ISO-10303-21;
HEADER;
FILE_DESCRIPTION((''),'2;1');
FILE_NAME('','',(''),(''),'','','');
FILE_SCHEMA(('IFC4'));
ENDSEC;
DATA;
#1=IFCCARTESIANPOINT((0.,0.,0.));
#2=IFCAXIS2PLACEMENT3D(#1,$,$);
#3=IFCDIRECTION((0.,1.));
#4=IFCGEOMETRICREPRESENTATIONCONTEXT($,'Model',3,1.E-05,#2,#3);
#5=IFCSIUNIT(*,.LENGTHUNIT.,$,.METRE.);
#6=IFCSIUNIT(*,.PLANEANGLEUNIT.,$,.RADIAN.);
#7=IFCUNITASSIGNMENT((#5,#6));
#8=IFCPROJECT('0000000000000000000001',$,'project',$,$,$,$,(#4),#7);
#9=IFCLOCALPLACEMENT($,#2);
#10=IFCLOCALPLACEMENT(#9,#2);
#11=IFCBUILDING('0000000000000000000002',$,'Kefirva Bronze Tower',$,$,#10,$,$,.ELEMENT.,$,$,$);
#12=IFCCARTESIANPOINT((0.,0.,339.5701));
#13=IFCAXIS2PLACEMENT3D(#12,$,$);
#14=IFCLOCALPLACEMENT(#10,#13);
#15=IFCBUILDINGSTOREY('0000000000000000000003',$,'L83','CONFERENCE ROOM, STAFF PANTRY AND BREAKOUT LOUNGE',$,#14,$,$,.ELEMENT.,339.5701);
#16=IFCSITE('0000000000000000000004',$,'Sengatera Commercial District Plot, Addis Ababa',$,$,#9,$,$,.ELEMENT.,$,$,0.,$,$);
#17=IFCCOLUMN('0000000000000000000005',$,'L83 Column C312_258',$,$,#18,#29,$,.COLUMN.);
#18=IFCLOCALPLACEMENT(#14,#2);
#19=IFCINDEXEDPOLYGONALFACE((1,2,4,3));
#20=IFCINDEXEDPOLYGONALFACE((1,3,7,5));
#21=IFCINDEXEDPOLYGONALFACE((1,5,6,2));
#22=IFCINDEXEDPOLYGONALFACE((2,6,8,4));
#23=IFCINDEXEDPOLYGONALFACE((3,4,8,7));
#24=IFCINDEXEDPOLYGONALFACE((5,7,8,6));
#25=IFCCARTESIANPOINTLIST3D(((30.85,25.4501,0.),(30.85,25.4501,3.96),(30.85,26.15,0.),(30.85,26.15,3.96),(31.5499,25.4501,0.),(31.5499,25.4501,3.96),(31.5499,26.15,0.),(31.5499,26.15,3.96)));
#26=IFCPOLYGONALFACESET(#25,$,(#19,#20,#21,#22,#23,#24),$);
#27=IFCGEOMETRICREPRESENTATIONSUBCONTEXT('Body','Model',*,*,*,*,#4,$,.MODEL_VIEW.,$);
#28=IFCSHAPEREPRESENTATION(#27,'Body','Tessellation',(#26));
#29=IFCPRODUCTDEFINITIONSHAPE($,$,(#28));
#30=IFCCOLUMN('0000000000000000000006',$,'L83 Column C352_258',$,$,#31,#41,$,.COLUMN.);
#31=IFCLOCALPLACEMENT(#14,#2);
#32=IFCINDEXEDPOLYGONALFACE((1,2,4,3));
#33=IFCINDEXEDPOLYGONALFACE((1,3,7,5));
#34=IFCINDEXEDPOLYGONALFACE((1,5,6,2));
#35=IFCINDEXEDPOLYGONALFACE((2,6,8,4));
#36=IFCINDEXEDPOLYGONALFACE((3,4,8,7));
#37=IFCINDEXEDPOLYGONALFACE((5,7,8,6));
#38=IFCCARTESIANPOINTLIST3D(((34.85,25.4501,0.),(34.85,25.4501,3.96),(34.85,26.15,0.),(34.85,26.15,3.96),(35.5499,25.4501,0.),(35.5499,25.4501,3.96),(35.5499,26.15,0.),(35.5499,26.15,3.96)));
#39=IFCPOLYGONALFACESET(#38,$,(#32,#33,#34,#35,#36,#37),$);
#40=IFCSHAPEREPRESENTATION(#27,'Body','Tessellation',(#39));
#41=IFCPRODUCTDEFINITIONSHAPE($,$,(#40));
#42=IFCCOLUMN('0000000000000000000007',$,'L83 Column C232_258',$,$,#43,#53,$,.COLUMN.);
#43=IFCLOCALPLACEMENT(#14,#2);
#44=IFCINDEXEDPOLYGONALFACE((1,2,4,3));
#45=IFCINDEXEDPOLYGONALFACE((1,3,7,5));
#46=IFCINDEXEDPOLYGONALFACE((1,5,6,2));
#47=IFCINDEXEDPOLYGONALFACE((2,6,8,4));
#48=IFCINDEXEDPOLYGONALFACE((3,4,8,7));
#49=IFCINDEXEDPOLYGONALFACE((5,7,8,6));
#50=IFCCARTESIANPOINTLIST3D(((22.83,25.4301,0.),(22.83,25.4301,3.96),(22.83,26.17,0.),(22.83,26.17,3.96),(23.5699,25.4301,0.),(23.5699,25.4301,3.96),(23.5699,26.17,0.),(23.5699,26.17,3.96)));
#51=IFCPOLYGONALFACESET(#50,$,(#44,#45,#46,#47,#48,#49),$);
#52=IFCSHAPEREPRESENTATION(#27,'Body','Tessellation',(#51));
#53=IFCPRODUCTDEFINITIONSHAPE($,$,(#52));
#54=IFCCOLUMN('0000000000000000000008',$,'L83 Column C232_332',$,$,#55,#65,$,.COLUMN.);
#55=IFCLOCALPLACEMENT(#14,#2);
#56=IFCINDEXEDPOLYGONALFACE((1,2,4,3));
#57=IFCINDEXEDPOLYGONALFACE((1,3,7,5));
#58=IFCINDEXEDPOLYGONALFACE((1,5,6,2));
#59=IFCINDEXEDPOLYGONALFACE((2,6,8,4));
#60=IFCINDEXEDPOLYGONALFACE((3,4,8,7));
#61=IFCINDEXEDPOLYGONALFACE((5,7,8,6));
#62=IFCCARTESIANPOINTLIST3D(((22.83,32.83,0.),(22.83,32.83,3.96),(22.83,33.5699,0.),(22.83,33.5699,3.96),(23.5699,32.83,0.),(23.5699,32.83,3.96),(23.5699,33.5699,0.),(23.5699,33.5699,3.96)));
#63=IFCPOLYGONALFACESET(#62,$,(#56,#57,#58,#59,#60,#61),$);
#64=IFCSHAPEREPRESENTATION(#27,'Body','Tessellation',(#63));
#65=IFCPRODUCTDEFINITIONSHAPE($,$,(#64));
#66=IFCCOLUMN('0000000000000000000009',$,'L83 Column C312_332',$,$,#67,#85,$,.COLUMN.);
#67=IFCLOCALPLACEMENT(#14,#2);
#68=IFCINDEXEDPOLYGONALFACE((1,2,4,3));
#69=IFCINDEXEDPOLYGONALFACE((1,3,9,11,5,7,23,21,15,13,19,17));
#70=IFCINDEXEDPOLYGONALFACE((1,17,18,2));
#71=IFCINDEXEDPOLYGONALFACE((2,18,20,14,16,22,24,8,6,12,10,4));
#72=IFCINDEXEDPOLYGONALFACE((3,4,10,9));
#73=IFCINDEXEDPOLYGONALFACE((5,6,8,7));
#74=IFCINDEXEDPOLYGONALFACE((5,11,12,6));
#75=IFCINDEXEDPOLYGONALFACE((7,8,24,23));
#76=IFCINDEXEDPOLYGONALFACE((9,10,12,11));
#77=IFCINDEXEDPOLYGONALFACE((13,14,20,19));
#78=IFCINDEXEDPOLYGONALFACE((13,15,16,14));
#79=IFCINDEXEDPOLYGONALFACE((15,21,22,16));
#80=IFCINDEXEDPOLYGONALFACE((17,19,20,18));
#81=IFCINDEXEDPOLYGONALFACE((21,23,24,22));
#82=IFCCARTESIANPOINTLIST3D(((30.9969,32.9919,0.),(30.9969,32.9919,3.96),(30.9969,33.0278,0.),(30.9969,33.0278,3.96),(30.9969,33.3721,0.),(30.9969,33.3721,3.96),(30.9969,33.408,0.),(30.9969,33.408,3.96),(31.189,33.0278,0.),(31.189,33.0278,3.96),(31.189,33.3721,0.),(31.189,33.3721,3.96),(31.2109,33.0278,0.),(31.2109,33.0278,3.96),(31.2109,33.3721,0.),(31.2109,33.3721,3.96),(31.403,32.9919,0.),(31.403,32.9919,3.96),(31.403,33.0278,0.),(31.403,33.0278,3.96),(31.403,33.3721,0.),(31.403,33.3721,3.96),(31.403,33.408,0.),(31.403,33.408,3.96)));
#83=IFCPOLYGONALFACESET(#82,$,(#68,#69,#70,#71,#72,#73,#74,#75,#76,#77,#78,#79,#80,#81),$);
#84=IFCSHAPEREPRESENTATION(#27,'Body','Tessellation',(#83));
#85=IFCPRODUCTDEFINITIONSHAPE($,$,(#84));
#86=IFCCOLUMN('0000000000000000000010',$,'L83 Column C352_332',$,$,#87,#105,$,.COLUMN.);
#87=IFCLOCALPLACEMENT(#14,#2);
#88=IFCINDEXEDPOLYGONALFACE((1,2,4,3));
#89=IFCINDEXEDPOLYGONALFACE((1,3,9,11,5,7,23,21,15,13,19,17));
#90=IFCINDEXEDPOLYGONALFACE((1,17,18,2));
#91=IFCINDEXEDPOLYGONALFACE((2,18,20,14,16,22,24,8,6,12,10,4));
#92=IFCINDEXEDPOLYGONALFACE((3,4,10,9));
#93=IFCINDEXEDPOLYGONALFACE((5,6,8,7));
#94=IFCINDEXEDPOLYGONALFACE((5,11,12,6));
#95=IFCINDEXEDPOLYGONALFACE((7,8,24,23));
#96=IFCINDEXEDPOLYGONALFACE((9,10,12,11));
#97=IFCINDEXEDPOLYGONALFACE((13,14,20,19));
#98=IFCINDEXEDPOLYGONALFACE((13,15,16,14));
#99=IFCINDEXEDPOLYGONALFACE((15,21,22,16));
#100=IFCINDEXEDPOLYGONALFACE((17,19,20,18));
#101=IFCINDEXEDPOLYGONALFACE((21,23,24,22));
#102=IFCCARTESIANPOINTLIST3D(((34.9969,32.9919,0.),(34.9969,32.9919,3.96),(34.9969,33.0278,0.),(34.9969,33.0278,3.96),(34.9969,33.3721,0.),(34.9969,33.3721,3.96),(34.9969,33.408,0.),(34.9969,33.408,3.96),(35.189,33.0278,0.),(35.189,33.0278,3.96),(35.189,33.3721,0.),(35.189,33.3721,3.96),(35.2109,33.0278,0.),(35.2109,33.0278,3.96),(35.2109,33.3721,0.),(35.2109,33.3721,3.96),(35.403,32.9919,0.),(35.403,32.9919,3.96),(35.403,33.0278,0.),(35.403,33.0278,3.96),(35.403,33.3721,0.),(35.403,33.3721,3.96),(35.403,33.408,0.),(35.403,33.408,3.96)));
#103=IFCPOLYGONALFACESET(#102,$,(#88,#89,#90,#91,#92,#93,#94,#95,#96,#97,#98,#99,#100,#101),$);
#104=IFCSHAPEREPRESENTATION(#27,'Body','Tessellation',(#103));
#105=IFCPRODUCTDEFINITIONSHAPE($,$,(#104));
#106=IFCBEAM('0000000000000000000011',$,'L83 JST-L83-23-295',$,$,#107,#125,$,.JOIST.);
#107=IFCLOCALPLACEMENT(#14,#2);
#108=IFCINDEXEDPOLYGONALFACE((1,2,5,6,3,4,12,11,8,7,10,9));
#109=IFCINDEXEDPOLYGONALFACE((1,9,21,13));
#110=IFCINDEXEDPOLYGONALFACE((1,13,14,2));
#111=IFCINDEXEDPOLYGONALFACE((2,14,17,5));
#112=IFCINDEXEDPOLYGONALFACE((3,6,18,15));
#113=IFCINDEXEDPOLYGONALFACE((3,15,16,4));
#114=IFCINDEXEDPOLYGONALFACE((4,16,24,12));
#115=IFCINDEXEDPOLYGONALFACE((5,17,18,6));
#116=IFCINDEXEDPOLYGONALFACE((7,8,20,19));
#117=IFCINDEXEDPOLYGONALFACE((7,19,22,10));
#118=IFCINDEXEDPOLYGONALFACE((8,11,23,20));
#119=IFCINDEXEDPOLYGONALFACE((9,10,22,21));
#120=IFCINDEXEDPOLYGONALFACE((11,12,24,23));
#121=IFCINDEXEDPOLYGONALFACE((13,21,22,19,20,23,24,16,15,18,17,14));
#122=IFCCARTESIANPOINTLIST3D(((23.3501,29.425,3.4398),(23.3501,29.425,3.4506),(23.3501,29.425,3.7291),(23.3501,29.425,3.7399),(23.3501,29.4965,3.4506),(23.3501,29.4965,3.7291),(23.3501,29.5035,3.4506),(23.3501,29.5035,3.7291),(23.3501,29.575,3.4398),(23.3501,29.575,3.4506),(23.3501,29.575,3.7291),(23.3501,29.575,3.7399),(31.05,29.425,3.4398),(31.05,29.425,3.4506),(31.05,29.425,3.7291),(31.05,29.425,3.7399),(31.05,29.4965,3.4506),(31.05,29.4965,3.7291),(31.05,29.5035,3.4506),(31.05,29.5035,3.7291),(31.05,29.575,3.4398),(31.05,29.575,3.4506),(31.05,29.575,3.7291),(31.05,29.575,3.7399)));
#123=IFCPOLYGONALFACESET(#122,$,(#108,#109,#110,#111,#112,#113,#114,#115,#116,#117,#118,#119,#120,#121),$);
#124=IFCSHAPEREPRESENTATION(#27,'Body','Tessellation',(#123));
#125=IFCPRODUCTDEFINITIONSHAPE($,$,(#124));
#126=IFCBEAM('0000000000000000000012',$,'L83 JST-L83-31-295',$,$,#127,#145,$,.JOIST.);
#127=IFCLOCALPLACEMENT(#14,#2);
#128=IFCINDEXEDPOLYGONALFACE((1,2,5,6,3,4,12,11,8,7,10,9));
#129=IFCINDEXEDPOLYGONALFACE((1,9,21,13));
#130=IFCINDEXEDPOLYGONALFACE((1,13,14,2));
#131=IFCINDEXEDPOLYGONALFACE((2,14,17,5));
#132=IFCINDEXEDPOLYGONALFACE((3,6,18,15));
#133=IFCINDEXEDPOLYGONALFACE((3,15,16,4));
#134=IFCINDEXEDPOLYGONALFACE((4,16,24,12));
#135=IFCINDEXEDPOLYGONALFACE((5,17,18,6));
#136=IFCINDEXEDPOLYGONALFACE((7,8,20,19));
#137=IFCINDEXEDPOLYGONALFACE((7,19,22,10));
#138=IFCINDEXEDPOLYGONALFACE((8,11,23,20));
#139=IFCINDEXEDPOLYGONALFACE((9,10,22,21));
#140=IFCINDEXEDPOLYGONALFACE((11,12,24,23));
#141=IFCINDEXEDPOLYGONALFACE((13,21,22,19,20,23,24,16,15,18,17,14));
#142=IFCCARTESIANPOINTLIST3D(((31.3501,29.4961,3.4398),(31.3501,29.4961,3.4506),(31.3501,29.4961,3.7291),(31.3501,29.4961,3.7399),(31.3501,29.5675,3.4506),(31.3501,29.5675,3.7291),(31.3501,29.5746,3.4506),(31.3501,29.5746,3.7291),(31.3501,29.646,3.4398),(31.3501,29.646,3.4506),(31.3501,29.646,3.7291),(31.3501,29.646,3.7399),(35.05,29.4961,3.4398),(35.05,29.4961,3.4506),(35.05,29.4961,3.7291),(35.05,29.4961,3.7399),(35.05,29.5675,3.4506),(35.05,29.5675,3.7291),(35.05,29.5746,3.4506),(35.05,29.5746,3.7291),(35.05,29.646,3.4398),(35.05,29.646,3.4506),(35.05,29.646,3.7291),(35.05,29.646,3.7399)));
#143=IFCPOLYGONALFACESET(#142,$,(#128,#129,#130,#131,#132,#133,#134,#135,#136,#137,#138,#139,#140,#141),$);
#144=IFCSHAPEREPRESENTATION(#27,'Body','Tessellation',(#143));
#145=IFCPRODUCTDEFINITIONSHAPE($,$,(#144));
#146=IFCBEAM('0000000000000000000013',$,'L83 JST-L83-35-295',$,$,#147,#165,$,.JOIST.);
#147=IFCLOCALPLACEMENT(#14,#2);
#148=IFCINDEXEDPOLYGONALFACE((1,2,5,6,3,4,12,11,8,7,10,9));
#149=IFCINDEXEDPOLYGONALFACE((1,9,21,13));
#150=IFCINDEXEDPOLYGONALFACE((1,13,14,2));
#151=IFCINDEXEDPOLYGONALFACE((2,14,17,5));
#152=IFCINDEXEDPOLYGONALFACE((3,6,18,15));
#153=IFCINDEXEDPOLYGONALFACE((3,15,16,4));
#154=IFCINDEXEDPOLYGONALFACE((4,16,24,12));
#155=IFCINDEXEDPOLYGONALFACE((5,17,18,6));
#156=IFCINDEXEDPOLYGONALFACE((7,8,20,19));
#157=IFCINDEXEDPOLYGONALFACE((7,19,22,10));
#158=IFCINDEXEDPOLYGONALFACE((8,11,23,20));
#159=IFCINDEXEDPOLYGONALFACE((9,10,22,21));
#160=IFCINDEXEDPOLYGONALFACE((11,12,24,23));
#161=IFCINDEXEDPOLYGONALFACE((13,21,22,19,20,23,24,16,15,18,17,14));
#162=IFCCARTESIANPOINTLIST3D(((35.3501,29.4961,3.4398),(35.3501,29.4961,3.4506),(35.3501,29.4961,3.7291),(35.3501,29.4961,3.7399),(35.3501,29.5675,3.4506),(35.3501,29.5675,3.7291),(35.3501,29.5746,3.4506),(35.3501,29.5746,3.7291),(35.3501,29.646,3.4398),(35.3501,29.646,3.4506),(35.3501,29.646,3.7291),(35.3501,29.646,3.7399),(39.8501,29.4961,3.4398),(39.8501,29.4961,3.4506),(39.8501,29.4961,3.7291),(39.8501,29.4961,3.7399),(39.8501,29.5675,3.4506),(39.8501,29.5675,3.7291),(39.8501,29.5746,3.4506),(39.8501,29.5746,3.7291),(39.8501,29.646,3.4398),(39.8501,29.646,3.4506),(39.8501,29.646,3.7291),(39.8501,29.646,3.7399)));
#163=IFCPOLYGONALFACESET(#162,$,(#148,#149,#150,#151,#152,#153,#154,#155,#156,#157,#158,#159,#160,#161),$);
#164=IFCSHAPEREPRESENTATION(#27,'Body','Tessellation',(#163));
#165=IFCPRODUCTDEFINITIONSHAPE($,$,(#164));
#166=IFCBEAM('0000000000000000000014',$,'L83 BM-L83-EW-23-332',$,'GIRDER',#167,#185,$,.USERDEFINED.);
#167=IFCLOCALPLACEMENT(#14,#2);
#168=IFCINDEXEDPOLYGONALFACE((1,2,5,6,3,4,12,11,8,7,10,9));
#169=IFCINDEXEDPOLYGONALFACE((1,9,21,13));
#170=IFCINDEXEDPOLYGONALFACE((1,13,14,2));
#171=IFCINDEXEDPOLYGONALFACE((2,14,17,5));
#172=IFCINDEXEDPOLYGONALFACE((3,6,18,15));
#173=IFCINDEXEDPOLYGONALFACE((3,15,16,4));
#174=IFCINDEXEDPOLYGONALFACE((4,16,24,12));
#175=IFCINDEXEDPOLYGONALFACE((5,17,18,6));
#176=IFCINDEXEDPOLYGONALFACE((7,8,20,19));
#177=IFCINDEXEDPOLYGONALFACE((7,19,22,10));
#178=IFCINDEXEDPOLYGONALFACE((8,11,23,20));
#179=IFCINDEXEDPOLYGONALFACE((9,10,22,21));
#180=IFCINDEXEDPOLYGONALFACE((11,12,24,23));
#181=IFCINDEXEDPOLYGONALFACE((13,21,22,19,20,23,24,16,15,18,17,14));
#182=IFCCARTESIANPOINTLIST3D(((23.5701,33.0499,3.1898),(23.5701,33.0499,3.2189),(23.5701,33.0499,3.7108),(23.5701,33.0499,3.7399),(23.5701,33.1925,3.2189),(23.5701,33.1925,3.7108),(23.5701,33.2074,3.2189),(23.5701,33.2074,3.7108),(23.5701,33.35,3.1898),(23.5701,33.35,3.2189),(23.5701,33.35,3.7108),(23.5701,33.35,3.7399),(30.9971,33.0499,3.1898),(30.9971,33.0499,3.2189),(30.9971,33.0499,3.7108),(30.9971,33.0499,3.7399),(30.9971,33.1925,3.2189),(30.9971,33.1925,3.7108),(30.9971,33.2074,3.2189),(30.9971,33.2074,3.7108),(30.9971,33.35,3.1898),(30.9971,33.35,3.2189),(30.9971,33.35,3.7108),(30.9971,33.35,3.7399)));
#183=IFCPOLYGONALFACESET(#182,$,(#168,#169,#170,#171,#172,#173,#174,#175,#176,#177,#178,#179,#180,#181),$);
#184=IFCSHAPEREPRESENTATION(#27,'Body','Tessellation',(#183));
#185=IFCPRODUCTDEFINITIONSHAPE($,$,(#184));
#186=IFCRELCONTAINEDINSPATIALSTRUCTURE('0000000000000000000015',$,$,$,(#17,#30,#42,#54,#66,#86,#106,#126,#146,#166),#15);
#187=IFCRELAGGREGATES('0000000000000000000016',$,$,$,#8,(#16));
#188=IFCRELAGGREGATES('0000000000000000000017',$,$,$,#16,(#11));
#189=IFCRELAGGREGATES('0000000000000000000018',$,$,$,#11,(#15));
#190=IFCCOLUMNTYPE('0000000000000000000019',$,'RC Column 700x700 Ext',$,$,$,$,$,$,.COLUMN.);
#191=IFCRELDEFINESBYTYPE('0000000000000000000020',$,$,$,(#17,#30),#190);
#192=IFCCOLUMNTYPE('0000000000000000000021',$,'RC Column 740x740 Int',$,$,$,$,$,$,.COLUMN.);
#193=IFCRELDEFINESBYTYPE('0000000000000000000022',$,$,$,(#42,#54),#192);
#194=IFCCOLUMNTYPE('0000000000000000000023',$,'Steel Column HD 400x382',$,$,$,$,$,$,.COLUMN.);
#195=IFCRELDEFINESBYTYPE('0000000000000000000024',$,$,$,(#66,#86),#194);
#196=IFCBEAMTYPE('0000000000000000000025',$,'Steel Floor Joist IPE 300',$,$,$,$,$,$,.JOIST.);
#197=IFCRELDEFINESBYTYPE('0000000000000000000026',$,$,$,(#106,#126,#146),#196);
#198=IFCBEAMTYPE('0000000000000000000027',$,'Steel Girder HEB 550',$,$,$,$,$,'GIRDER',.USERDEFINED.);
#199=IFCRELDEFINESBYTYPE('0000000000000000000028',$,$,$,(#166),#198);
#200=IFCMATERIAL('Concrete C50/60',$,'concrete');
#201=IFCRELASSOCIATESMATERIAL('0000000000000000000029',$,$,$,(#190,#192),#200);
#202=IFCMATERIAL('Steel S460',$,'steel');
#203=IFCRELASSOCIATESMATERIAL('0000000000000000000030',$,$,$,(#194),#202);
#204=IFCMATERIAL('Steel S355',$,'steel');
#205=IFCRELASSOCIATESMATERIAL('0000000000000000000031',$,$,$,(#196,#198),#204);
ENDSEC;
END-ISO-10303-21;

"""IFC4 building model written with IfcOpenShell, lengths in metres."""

from ifc_helpers import new_model, si_unit, direction, frame, origin, origin_2d, place, context, subcontext, project, spatial, rectangle, i_section, extrude, material, material_profile, profile_set, type_object, element, save


model = new_model("IFC4")

# Units and contexts
model_context = context("Model", 3, precision=1e-05, world=origin(), true_north=direction((0.0, 1.0)))
body_context = subcontext(model_context, "Body", "Model", "MODEL_VIEW")
ifc_project = project(units=[si_unit("LENGTHUNIT", "METRE"), si_unit("PLANEANGLEUNIT", "RADIAN")], contexts=[model_context])

# Site, building, storey
site_placement = place(None, origin())
site = spatial("IfcSite", under=ifc_project, at=site_placement, Name="Sengatera Commercial District Plot, Addis Ababa", CompositionType="ELEMENT", RefElevation=0.0)
building_placement = place(site_placement, origin())
building = spatial("IfcBuilding", under=site, at=building_placement, Name="Kefirva Bronze Tower", CompositionType="ELEMENT")
storey_placement = place(building_placement, frame((0.0, 0.0, 339.5701)))
storey = spatial("IfcBuildingStorey", under=building, at=storey_placement, Name="L83", Description="CONFERENCE ROOM, STAFF PANTRY AND BREAKOUT LOUNGE", CompositionType="ELEMENT", Elevation=339.5701)

# Columns
ifc_material_1 = material(Name="Concrete C50/60", Category="concrete")
ifc_material_profile_1 = material_profile(ifc_material_1, rectangle(XDim=0.7, YDim=0.7, at=origin_2d()), Name="RC 700x700")
ifc_profile_set_1 = profile_set([ifc_material_profile_1], Name="Concrete C50/60")
column_type_1 = type_object("IfcColumnType", Name="RC Column 700x700 Ext", PredefinedType="COLUMN", material=ifc_profile_set_1)
for number, where, z_axis, x_axis, name in (
    (1, (31.2, 25.8, 0.0), (0.0, 0.0, 1.0), (1.0, 0.0, 0.0), "L83 Column C312_258"),
    (2, (35.2, 25.8, 0.0), (0.0, 0.0, 1.0), (1.0, 0.0, 0.0), "L83 Column C352_258"),
):
    element("IfcColumn", number, at=place(storey_placement, frame(where, z_axis=z_axis, x_axis=x_axis)), inside=storey, type_object=column_type_1, Name=name, PredefinedType="COLUMN", context=body_context, shape_type="SweptSolid", body=[
        extrude(rectangle(XDim=0.7, YDim=0.7, at=origin_2d()), origin(), (0.0, 0.0, 1.0), 3.96),
    ])
ifc_material_profile_2 = material_profile(ifc_material_1, rectangle(XDim=0.74, YDim=0.74, at=origin_2d()), Name="RC 740x740")
ifc_profile_set_2 = profile_set([ifc_material_profile_2], Name="Concrete C50/60")
column_type_2 = type_object("IfcColumnType", Name="RC Column 740x740 Int", PredefinedType="COLUMN", material=ifc_profile_set_2)
for number, where, z_axis, x_axis, name in (
    (3, (23.2, 25.8, 0.0), (0.0, 0.0, 1.0), (1.0, 0.0, 0.0), "L83 Column C232_258"),
    (4, (23.2, 33.2, 0.0), (0.0, 0.0, 1.0), (1.0, 0.0, 0.0), "L83 Column C232_332"),
):
    element("IfcColumn", number, at=place(storey_placement, frame(where, z_axis=z_axis, x_axis=x_axis)), inside=storey, type_object=column_type_2, Name=name, PredefinedType="COLUMN", context=body_context, shape_type="SweptSolid", body=[
        extrude(rectangle(XDim=0.74, YDim=0.74, at=origin_2d()), origin(), (0.0, 0.0, 1.0), 3.96),
    ])
ifc_material_2 = material(Name="Steel S460", Category="steel")
ifc_material_profile_3 = material_profile(ifc_material_2, i_section(OverallWidth=0.406, OverallDepth=0.416, WebThickness=0.022, FlangeThickness=0.0359, at=origin_2d()), Name="HD 400x382")
ifc_profile_set_3 = profile_set([ifc_material_profile_3], Name="Steel S460")
column_type_3 = type_object("IfcColumnType", Name="Steel Column HD 400x382", PredefinedType="COLUMN", material=ifc_profile_set_3)
for number, where, z_axis, x_axis, name in (
    (5, (31.2, 33.2, 0.0), (0.0, 0.0, 1.0), (1.0, 0.0, 0.0), "L83 Column C312_332"),
    (6, (35.2, 33.2, 0.0), (0.0, 0.0, 1.0), (1.0, 0.0, 0.0), "L83 Column C352_332"),
):
    element("IfcColumn", number, at=place(storey_placement, frame(where, z_axis=z_axis, x_axis=x_axis)), inside=storey, type_object=column_type_3, Name=name, PredefinedType="COLUMN", context=body_context, shape_type="SweptSolid", body=[
        extrude(i_section(OverallWidth=0.406, OverallDepth=0.416, WebThickness=0.022, FlangeThickness=0.0359, at=origin_2d()), origin(), (0.0, 0.0, 1.0), 3.96),
    ])

# Beams
ifc_material_3 = material(Name="Steel S355", Category="steel")
ifc_material_profile_4 = material_profile(ifc_material_3, i_section(OverallWidth=0.1499, OverallDepth=0.3, WebThickness=0.0071, FlangeThickness=0.0107, at=origin_2d()), Name="IPE 300")
ifc_profile_set_4 = profile_set([ifc_material_profile_4], Name="Steel S355")
beam_type_1 = type_object("IfcBeamType", Name="Steel Floor Joist IPE 300", PredefinedType="JOIST", material=ifc_profile_set_4)
beam_1_placement = place(storey_placement, frame((23.3501, 29.5, 3.5898), z_axis=(1.0, 0.0, 0.0), x_axis=(0.0, 1.0, 0.0)))
element("IfcBeam", 7, at=beam_1_placement, inside=storey, type_object=beam_type_1, Name="L83 JST-L83-23-295", PredefinedType="JOIST", context=body_context, shape_type="SweptSolid", body=[
    extrude(i_section(OverallWidth=0.1499, OverallDepth=0.3, WebThickness=0.0071, FlangeThickness=0.0107, at=origin_2d()), origin(), (0.0, 0.0, 1.0), 7.7),
])
beam_2_placement = place(storey_placement, frame((31.3501, 29.571, 3.5898), z_axis=(1.0, 0.0, 0.0), x_axis=(0.0, 1.0, 0.0)))
element("IfcBeam", 8, at=beam_2_placement, inside=storey, type_object=beam_type_1, Name="L83 JST-L83-31-295", PredefinedType="JOIST", context=body_context, shape_type="SweptSolid", body=[
    extrude(i_section(OverallWidth=0.1499, OverallDepth=0.3, WebThickness=0.0071, FlangeThickness=0.0107, at=origin_2d()), origin(), (0.0, 0.0, 1.0), 3.7),
])
beam_3_placement = place(storey_placement, frame((35.3501, 29.571, 3.5898), z_axis=(1.0, 0.0, 0.0), x_axis=(0.0, 1.0, 0.0)))
element("IfcBeam", 9, at=beam_3_placement, inside=storey, type_object=beam_type_1, Name="L83 JST-L83-35-295", PredefinedType="JOIST", context=body_context, shape_type="SweptSolid", body=[
    extrude(i_section(OverallWidth=0.1499, OverallDepth=0.3, WebThickness=0.0071, FlangeThickness=0.0107, at=origin_2d()), origin(), (0.0, 0.0, 1.0), 4.5),
])
ifc_material_profile_5 = material_profile(ifc_material_3, i_section(OverallWidth=0.3, OverallDepth=0.55, WebThickness=0.0149, FlangeThickness=0.0291, at=origin_2d()), Name="HEB 550")
ifc_profile_set_5 = profile_set([ifc_material_profile_5], Name="Steel S355")
beam_type_2 = type_object("IfcBeamType", Name="Steel Girder HEB 550", ElementType="GIRDER", PredefinedType="USERDEFINED", material=ifc_profile_set_5)
beam_4_placement = place(storey_placement, frame((23.5701, 33.2, 3.4648), z_axis=(1.0, 0.0, 0.0), x_axis=(0.0, 1.0, 0.0)))
element("IfcBeam", 10, at=beam_4_placement, inside=storey, type_object=beam_type_2, Name="L83 BM-L83-EW-23-332", ObjectType="GIRDER", PredefinedType="USERDEFINED", context=body_context, shape_type="SweptSolid", body=[
    extrude(i_section(OverallWidth=0.3, OverallDepth=0.55, WebThickness=0.0149, FlangeThickness=0.0291, at=origin_2d()), origin(), (0.0, 0.0, 1.0), 7.427),
])

save(model, "model.ifc")
